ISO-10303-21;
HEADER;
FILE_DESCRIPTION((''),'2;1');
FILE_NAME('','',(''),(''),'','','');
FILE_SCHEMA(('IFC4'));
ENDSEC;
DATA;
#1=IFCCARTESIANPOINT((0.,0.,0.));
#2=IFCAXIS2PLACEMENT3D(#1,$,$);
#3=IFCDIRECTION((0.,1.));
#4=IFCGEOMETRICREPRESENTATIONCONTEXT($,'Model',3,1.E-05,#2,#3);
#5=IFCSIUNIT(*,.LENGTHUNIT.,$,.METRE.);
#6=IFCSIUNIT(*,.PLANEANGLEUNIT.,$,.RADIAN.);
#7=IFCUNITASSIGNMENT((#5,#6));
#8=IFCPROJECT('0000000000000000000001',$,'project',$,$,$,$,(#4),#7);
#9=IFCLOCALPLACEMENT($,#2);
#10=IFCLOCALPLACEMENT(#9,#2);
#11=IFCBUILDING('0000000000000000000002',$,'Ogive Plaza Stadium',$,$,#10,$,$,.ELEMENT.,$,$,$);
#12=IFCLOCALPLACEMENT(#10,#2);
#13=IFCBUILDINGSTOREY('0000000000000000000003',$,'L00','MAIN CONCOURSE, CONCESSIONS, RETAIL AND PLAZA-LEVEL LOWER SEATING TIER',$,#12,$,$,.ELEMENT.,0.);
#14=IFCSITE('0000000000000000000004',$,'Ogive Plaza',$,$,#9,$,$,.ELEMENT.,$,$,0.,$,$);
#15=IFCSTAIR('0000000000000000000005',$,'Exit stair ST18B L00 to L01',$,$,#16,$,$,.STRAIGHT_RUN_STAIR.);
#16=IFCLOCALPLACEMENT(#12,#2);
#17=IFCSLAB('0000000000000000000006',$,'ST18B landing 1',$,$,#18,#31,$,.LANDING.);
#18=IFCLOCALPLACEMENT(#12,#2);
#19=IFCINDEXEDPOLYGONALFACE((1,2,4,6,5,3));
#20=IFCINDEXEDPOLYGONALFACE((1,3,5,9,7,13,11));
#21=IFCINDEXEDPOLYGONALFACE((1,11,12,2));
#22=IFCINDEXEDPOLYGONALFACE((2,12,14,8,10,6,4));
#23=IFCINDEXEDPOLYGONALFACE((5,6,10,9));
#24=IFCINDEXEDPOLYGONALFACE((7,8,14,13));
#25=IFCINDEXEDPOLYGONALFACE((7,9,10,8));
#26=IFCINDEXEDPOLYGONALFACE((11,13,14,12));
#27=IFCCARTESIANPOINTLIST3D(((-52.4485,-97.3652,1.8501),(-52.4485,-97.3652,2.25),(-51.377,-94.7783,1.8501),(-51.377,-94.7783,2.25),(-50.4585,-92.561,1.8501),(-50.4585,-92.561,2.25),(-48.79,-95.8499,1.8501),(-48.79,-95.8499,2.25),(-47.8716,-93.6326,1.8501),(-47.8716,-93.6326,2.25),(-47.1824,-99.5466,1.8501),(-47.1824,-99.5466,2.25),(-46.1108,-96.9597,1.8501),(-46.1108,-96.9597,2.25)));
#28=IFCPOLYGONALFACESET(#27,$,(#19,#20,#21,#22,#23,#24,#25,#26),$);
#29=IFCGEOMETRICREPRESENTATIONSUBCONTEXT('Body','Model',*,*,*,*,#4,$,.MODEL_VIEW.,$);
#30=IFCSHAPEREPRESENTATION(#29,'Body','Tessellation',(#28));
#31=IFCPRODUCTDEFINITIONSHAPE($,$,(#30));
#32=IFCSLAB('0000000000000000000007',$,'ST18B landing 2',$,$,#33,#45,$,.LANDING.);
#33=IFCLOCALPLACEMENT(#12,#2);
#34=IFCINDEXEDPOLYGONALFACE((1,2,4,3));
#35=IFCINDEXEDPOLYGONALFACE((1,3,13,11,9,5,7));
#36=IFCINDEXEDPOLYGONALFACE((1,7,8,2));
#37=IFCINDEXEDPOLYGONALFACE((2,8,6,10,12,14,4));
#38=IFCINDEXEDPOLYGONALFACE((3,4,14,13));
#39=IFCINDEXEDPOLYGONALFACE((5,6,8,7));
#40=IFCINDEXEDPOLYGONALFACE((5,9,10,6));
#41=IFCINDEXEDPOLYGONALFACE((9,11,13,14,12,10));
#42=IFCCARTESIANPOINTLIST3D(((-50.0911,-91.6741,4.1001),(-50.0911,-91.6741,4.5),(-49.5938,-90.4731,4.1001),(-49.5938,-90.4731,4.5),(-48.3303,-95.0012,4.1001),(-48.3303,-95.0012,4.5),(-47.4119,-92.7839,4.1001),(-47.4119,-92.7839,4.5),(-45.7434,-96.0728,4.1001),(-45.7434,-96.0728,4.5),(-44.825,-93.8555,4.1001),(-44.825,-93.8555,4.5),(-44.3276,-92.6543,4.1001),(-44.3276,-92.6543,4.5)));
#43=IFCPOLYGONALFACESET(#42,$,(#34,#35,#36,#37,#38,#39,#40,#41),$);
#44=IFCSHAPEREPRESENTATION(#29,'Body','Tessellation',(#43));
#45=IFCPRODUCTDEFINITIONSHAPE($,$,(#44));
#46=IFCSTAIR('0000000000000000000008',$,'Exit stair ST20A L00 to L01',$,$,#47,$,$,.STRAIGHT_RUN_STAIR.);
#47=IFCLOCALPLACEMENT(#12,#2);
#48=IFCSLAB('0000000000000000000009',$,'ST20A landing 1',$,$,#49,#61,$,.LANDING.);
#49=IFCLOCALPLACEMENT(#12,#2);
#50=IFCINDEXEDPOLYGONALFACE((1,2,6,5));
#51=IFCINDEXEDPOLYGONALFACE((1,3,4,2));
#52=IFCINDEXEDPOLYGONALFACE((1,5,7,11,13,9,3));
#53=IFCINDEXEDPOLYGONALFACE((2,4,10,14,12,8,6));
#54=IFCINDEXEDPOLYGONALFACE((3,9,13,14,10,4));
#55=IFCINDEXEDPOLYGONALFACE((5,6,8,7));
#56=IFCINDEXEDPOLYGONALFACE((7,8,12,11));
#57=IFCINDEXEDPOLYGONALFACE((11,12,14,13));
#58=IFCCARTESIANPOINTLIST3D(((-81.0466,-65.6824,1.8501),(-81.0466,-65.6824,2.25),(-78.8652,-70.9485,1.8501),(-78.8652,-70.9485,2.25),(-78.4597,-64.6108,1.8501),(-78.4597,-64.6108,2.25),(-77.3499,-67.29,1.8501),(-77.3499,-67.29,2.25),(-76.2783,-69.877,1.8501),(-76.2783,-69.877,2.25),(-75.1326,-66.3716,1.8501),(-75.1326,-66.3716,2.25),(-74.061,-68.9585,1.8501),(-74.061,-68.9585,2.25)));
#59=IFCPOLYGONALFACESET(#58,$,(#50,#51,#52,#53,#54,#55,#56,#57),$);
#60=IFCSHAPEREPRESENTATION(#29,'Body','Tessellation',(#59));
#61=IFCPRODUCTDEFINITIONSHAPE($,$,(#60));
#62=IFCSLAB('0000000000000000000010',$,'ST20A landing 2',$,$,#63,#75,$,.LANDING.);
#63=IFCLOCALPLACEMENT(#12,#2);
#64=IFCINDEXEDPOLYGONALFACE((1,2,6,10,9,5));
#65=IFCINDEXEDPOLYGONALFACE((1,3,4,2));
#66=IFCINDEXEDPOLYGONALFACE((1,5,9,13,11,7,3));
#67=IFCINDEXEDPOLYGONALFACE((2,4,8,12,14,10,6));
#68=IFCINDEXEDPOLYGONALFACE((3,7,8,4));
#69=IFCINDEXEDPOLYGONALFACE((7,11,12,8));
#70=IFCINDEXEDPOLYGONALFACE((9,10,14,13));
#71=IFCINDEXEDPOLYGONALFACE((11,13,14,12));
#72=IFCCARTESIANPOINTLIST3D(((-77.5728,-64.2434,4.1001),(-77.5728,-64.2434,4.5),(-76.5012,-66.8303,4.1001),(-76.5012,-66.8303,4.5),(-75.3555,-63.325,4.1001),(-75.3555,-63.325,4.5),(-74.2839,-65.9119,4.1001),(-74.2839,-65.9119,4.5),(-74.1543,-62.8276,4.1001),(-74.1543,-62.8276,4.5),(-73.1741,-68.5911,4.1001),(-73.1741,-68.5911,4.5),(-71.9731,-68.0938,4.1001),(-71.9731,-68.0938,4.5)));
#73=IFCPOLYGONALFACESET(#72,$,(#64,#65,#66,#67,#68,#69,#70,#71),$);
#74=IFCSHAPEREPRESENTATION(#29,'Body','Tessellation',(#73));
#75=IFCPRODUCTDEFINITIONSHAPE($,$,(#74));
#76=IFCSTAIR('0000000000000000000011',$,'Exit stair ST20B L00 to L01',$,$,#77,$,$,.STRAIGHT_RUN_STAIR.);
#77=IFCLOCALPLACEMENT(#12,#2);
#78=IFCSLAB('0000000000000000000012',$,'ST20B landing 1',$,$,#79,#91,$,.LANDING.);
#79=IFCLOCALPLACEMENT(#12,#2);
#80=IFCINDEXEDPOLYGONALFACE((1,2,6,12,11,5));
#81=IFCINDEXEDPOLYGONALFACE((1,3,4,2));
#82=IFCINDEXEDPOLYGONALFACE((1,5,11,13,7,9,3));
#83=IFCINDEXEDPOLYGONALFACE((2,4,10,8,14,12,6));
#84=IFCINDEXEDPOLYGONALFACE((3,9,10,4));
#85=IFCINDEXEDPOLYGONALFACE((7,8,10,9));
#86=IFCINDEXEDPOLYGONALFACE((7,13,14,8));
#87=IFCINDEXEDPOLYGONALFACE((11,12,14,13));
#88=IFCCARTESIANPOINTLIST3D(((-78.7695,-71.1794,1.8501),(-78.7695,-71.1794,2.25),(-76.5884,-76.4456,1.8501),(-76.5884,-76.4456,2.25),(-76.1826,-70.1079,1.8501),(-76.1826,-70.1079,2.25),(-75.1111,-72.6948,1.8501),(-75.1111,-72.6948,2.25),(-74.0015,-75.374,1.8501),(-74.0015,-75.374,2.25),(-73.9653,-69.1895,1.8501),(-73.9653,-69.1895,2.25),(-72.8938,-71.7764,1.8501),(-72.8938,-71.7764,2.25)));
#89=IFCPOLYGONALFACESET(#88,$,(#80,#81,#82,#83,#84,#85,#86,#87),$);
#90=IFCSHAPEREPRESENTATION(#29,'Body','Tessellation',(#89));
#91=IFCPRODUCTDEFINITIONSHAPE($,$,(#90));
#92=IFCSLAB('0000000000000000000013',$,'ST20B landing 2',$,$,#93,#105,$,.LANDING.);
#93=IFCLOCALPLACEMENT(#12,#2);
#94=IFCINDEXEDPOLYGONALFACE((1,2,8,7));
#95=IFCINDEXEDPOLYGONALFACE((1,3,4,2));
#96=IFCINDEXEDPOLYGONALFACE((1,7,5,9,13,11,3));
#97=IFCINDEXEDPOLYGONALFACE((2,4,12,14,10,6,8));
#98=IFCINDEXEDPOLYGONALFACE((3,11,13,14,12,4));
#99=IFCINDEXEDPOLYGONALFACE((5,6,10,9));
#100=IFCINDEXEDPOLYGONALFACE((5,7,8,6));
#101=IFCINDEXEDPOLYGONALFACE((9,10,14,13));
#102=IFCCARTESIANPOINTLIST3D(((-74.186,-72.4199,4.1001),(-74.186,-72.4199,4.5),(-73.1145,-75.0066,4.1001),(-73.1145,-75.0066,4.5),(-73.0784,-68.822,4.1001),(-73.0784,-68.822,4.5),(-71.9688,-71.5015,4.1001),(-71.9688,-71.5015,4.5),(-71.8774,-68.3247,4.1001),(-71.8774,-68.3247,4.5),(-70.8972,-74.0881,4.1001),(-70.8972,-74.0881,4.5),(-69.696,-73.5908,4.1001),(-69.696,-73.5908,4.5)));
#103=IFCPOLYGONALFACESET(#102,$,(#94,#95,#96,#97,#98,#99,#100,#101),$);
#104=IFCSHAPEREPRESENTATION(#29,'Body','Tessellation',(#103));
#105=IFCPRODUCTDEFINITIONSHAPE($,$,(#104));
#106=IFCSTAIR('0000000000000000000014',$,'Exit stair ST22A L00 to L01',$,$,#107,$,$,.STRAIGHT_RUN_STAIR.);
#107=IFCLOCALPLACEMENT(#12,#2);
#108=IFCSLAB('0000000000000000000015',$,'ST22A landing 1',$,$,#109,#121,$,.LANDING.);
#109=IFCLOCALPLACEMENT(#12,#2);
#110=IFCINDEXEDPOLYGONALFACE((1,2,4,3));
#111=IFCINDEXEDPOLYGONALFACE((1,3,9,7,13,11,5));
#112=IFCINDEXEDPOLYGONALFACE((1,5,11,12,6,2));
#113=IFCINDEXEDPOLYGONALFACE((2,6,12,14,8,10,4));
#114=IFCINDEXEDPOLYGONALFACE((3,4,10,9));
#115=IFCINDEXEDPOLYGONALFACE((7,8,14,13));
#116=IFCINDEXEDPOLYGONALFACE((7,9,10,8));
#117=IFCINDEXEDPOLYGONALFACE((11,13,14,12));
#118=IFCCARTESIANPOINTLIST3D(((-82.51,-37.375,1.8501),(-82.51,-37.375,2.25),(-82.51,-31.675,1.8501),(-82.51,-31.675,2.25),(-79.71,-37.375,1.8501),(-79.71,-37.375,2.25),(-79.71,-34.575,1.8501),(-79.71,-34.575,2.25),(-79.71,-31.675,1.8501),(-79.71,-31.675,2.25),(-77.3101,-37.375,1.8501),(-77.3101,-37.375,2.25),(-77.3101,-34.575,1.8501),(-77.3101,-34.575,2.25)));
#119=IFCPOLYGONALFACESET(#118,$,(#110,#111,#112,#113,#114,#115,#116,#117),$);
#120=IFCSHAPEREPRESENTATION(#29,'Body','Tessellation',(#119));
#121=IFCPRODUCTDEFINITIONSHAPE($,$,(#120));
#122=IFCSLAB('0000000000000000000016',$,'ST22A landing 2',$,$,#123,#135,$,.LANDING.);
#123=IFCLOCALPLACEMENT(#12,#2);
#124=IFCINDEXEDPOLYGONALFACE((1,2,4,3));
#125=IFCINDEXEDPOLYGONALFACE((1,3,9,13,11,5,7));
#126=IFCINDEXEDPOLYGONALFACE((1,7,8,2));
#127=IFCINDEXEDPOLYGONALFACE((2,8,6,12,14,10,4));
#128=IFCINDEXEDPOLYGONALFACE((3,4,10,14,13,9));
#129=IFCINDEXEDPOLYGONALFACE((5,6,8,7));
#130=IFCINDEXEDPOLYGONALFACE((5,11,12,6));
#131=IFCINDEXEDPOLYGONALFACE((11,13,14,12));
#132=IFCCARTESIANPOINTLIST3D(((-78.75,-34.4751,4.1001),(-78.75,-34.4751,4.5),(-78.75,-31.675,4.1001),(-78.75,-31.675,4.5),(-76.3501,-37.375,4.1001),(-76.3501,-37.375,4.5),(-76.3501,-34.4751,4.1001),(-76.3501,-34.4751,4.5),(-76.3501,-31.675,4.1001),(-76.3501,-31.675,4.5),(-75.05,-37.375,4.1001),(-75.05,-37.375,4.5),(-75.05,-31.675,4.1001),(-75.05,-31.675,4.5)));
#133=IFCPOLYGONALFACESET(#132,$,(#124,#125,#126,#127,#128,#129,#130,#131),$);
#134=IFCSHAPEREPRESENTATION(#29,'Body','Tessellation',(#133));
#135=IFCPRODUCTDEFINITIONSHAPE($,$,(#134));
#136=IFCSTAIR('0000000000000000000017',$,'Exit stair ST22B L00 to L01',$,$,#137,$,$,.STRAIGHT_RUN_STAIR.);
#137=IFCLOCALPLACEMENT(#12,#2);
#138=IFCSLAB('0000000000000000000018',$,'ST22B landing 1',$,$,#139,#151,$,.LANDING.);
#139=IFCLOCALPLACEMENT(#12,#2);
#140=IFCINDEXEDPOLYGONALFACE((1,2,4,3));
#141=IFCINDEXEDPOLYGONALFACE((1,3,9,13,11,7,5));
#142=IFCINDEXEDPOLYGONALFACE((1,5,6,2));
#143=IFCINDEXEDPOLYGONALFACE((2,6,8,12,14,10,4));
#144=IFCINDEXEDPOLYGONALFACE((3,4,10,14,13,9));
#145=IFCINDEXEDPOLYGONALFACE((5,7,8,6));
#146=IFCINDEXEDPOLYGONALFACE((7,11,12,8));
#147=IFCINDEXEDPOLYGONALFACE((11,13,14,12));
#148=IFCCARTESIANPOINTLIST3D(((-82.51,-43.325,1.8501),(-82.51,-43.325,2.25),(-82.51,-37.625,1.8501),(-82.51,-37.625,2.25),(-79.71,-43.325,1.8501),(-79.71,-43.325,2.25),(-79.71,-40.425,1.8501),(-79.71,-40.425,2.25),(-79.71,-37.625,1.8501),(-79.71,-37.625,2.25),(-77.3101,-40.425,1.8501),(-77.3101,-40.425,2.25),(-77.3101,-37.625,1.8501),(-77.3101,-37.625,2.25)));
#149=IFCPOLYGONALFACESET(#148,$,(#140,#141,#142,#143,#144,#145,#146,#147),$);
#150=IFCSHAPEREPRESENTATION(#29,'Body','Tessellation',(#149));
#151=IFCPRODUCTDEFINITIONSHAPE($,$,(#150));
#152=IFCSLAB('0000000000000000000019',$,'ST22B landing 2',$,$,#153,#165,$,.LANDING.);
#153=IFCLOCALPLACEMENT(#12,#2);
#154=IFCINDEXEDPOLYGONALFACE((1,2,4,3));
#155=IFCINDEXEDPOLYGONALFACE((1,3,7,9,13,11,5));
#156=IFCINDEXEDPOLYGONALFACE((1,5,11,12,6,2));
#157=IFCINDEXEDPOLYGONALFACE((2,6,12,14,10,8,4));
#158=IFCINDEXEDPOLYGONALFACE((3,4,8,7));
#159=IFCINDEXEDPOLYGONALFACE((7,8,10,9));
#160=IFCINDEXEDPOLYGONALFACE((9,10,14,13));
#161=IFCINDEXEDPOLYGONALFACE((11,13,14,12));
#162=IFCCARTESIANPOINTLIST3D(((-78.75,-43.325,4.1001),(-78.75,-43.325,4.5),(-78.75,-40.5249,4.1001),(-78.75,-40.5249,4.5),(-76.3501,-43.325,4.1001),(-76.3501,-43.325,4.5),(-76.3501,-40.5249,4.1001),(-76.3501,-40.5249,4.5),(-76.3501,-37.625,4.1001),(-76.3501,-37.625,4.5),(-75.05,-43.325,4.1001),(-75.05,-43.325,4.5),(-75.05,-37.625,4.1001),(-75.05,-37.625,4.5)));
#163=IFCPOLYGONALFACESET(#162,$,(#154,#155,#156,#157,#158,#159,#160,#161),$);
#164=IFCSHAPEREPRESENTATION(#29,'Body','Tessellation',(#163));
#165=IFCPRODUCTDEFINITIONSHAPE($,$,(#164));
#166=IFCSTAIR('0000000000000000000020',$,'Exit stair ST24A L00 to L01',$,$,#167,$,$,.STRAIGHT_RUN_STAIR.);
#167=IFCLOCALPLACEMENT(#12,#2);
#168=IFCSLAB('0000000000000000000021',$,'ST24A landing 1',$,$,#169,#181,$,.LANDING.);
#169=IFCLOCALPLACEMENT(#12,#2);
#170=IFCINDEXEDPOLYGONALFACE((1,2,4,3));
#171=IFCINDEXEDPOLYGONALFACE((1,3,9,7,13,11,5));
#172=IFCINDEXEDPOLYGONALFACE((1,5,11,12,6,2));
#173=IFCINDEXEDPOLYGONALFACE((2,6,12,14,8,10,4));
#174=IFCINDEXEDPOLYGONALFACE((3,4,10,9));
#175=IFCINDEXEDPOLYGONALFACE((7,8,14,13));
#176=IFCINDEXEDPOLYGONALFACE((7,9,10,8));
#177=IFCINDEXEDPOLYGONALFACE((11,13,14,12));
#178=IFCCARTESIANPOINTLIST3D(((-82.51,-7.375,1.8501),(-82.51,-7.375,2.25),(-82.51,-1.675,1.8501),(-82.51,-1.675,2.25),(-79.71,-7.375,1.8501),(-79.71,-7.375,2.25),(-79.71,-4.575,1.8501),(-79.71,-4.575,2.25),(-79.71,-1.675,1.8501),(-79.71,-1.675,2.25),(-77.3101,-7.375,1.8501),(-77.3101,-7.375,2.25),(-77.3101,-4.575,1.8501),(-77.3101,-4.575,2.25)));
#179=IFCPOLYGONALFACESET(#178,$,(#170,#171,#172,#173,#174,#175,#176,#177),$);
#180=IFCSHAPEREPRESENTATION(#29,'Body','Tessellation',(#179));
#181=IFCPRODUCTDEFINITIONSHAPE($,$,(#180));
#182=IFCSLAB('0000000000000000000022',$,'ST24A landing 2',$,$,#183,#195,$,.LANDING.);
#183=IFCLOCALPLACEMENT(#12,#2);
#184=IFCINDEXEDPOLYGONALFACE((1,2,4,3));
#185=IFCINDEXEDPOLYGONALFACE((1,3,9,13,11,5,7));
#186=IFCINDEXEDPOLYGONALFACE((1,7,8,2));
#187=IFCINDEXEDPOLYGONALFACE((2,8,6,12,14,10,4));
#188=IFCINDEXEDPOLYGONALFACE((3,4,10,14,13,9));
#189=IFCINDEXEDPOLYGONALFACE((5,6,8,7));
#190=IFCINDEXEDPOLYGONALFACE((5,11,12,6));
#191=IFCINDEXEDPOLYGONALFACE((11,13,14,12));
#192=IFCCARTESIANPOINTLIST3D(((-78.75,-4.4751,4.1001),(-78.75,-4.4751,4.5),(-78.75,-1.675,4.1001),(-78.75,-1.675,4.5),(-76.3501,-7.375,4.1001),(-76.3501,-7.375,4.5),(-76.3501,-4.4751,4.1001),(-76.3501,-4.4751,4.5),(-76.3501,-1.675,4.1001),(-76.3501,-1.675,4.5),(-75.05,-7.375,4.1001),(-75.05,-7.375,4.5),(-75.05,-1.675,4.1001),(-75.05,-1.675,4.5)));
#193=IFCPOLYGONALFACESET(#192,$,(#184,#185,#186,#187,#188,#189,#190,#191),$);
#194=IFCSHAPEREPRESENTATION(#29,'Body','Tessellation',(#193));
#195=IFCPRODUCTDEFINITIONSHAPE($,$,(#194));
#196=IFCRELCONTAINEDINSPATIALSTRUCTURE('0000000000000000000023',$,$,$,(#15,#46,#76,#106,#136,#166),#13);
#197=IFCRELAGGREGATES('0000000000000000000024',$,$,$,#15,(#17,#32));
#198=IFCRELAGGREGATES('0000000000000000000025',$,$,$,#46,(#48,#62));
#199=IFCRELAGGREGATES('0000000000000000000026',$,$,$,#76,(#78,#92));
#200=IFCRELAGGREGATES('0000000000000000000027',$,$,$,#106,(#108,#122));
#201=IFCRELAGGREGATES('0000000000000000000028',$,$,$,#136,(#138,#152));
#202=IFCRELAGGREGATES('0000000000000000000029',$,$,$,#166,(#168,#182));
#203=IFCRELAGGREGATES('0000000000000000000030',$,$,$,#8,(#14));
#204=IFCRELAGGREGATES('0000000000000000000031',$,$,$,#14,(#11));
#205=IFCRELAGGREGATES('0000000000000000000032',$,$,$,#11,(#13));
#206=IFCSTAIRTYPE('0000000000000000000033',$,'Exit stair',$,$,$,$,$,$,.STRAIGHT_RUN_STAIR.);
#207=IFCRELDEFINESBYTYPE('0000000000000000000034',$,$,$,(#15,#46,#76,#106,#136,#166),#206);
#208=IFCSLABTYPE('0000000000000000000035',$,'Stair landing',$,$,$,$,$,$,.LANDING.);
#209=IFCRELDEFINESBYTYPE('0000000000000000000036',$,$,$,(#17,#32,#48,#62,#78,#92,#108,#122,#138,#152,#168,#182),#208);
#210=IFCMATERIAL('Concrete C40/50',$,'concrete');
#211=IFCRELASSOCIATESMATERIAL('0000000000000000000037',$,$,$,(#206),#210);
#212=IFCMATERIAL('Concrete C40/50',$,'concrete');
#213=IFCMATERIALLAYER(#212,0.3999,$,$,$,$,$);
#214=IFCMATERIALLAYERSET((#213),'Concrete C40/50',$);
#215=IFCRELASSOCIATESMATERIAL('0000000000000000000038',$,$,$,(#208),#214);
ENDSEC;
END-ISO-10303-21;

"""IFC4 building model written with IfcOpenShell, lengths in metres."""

from ifc_helpers import new_model, si_unit, direction, frame, origin, place, context, subcontext, project, spatial, polyline, outline, extrude, material, layer, layer_set, type_object, element, aggregate, save


model = new_model("IFC4")

# Units and contexts
model_context = context("Model", 3, precision=1e-05, world=origin(), true_north=direction((0.0, 1.0)))
body_context = subcontext(model_context, "Body", "Model", "MODEL_VIEW")
ifc_project = project(units=[si_unit("LENGTHUNIT", "METRE"), si_unit("PLANEANGLEUNIT", "RADIAN")], contexts=[model_context])

# Site, building, storey
site_placement = place(None, origin())
site = spatial("IfcSite", under=ifc_project, at=site_placement, Name="Ogive Plaza", CompositionType="ELEMENT", RefElevation=0.0)
building_placement = place(site_placement, origin())
building = spatial("IfcBuilding", under=site, at=building_placement, Name="Ogive Plaza Stadium", CompositionType="ELEMENT")
storey_placement = place(building_placement, origin())
storey = spatial("IfcBuildingStorey", under=building, at=storey_placement, Name="L00", Description="MAIN CONCOURSE, CONCESSIONS, RETAIL AND PLAZA-LEVEL LOWER SEATING TIER", CompositionType="ELEMENT", Elevation=0.0)

# Stairs, slabs
ifc_material_1 = material(Name="Concrete C40/50", Category="concrete")
stair_type = type_object("IfcStairType", Name="Exit stair", PredefinedType="STRAIGHT_RUN_STAIR", material=ifc_material_1)
stair_1_placement = place(storey_placement, origin())
stair_1 = element("IfcStair", 1, at=stair_1_placement, inside=storey, type_object=stair_type, Name="Exit stair ST18B L00 to L01", PredefinedType="STRAIGHT_RUN_STAIR")
ifc_material_2 = material(Name="Concrete C40/50", Category="concrete")
ifc_layer = layer(ifc_material_2, 0.3999)
ifc_layer_set = layer_set([ifc_layer], Name="Concrete C40/50")
slab_type = type_object("IfcSlabType", Name="Stair landing", PredefinedType="LANDING", material=ifc_layer_set)
slab_1_placement = place(storey_placement, frame((0.0, 0.0, 1.8501)))
slab_1 = element("IfcSlab", 2, at=slab_1_placement, type_object=slab_type, Name="ST18B landing 1", PredefinedType="LANDING", context=body_context, shape_type="SweptSolid", body=[
    extrude(outline(polyline([(-50.4585, -92.561), (-47.8716, -93.6326), (-48.79, -95.8499), (-46.1108, -96.9597), (-47.1824, -99.5466), (-52.4485, -97.3652), (-51.377, -94.7783), (-50.4585, -92.561)])), origin(), (0.0, 0.0, 1.0), 0.3999),
])
slab_2_placement = place(storey_placement, frame((0.0, 0.0, 4.1001)))
slab_2 = element("IfcSlab", 3, at=slab_2_placement, type_object=slab_type, Name="ST18B landing 2", PredefinedType="LANDING", context=body_context, shape_type="SweptSolid", body=[
    extrude(outline(polyline([(-50.0911, -91.6741), (-49.5938, -90.4731), (-44.3276, -92.6543), (-44.825, -93.8555), (-45.7434, -96.0728), (-48.3303, -95.0012), (-47.4119, -92.7839), (-50.0911, -91.6741)])), origin(), (0.0, 0.0, 1.0), 0.3999),
])
aggregate(stair_1, [slab_1, slab_2])
stair_2_placement = place(storey_placement, origin())
stair_2 = element("IfcStair", 4, at=stair_2_placement, inside=storey, type_object=stair_type, Name="Exit stair ST20A L00 to L01", PredefinedType="STRAIGHT_RUN_STAIR")
slab_3_placement = place(storey_placement, frame((0.0, 0.0, 1.8501)))
slab_3 = element("IfcSlab", 5, at=slab_3_placement, type_object=slab_type, Name="ST20A landing 1", PredefinedType="LANDING", context=body_context, shape_type="SweptSolid", body=[
    extrude(outline(polyline([(-78.8652, -70.9485), (-81.0466, -65.6824), (-78.4597, -64.6108), (-77.3499, -67.29), (-75.1326, -66.3716), (-74.061, -68.9585), (-76.2783, -69.877), (-78.8652, -70.9485)])), origin(), (0.0, 0.0, 1.0), 0.3999),
])
slab_4_placement = place(storey_placement, frame((0.0, 0.0, 4.1001)))
slab_4 = element("IfcSlab", 6, at=slab_4_placement, type_object=slab_type, Name="ST20A landing 2", PredefinedType="LANDING", context=body_context, shape_type="SweptSolid", body=[
    extrude(outline(polyline([(-76.5012, -66.8303), (-77.5728, -64.2434), (-75.3555, -63.325), (-74.1543, -62.8276), (-71.9731, -68.0938), (-73.1741, -68.5911), (-74.2839, -65.9119), (-76.5012, -66.8303)])), origin(), (0.0, 0.0, 1.0), 0.3999),
])
aggregate(stair_2, [slab_3, slab_4])
stair_3_placement = place(storey_placement, origin())
stair_3 = element("IfcStair", 7, at=stair_3_placement, inside=storey, type_object=stair_type, Name="Exit stair ST20B L00 to L01", PredefinedType="STRAIGHT_RUN_STAIR")
slab_5_placement = place(storey_placement, frame((0.0, 0.0, 1.8501)))
slab_5 = element("IfcSlab", 8, at=slab_5_placement, type_object=slab_type, Name="ST20B landing 1", PredefinedType="LANDING", context=body_context, shape_type="SweptSolid", body=[
    extrude(outline(polyline([(-73.9653, -69.1895), (-72.8938, -71.7764), (-75.1111, -72.6948), (-74.0015, -75.374), (-76.5884, -76.4456), (-78.7695, -71.1794), (-76.1826, -70.1079), (-73.9653, -69.1895)])), origin(), (0.0, 0.0, 1.0), 0.3999),
])
slab_6_placement = place(storey_placement, frame((0.0, 0.0, 4.1001)))
slab_6 = element("IfcSlab", 9, at=slab_6_placement, type_object=slab_type, Name="ST20B landing 2", PredefinedType="LANDING", context=body_context, shape_type="SweptSolid", body=[
    extrude(outline(polyline([(-73.0784, -68.822), (-71.8774, -68.3247), (-69.696, -73.5908), (-70.8972, -74.0881), (-73.1145, -75.0066), (-74.186, -72.4199), (-71.9688, -71.5015), (-73.0784, -68.822)])), origin(), (0.0, 0.0, 1.0), 0.3999),
])
aggregate(stair_3, [slab_5, slab_6])
stair_4_placement = place(storey_placement, origin())
stair_4 = element("IfcStair", 10, at=stair_4_placement, inside=storey, type_object=stair_type, Name="Exit stair ST22A L00 to L01", PredefinedType="STRAIGHT_RUN_STAIR")
slab_7_placement = place(storey_placement, frame((0.0, 0.0, 1.8501)))
slab_7 = element("IfcSlab", 11, at=slab_7_placement, type_object=slab_type, Name="ST22A landing 1", PredefinedType="LANDING", context=body_context, shape_type="SweptSolid", body=[
    extrude(outline(polyline([(-82.51, -37.375), (-82.51, -31.675), (-79.71, -31.675), (-79.71, -34.575), (-77.3101, -34.575), (-77.3101, -37.375), (-79.71, -37.375), (-82.51, -37.375)])), origin(), (0.0, 0.0, 1.0), 0.3999),
])
slab_8_placement = place(storey_placement, frame((0.0, 0.0, 4.1001)))
slab_8 = element("IfcSlab", 12, at=slab_8_placement, type_object=slab_type, Name="ST22A landing 2", PredefinedType="LANDING", context=body_context, shape_type="SweptSolid", body=[
    extrude(outline(polyline([(-78.75, -34.4751), (-78.75, -31.675), (-76.3501, -31.675), (-75.05, -31.675), (-75.05, -37.375), (-76.3501, -37.375), (-76.3501, -34.4751), (-78.75, -34.4751)])), origin(), (0.0, 0.0, 1.0), 0.3999),
])
aggregate(stair_4, [slab_7, slab_8])
stair_5_placement = place(storey_placement, origin())
stair_5 = element("IfcStair", 13, at=stair_5_placement, inside=storey, type_object=stair_type, Name="Exit stair ST22B L00 to L01", PredefinedType="STRAIGHT_RUN_STAIR")
slab_9_placement = place(storey_placement, frame((0.0, 0.0, 1.8501)))
slab_9 = element("IfcSlab", 14, at=slab_9_placement, type_object=slab_type, Name="ST22B landing 1", PredefinedType="LANDING", context=body_context, shape_type="SweptSolid", body=[
    extrude(outline(polyline([(-77.3101, -37.625), (-77.3101, -40.425), (-79.71, -40.425), (-79.71, -43.325), (-82.51, -43.325), (-82.51, -37.625), (-79.71, -37.625), (-77.3101, -37.625)])), origin(), (0.0, 0.0, 1.0), 0.3999),
])
slab_10_placement = place(storey_placement, frame((0.0, 0.0, 4.1001)))
slab_10 = element("IfcSlab", 15, at=slab_10_placement, type_object=slab_type, Name="ST22B landing 2", PredefinedType="LANDING", context=body_context, shape_type="SweptSolid", body=[
    extrude(outline(polyline([(-76.3501, -37.625), (-75.05, -37.625), (-75.05, -43.325), (-76.3501, -43.325), (-78.75, -43.325), (-78.75, -40.5249), (-76.3501, -40.5249), (-76.3501, -37.625)])), origin(), (0.0, 0.0, 1.0), 0.3999),
])
aggregate(stair_5, [slab_9, slab_10])
stair_6_placement = place(storey_placement, origin())
stair_6 = element("IfcStair", 16, at=stair_6_placement, inside=storey, type_object=stair_type, Name="Exit stair ST24A L00 to L01", PredefinedType="STRAIGHT_RUN_STAIR")
slab_11_placement = place(storey_placement, frame((0.0, 0.0, 1.8501)))
slab_11 = element("IfcSlab", 17, at=slab_11_placement, type_object=slab_type, Name="ST24A landing 1", PredefinedType="LANDING", context=body_context, shape_type="SweptSolid", body=[
    extrude(outline(polyline([(-82.51, -7.375), (-82.51, -1.675), (-79.71, -1.675), (-79.71, -4.575), (-77.3101, -4.575), (-77.3101, -7.375), (-79.71, -7.375), (-82.51, -7.375)])), origin(), (0.0, 0.0, 1.0), 0.3999),
])
slab_12_placement = place(storey_placement, frame((0.0, 0.0, 4.1001)))
slab_12 = element("IfcSlab", 18, at=slab_12_placement, type_object=slab_type, Name="ST24A landing 2", PredefinedType="LANDING", context=body_context, shape_type="SweptSolid", body=[
    extrude(outline(polyline([(-78.75, -4.4751), (-78.75, -1.675), (-76.3501, -1.675), (-75.05, -1.675), (-75.05, -7.375), (-76.3501, -7.375), (-76.3501, -4.4751), (-78.75, -4.4751)])), origin(), (0.0, 0.0, 1.0), 0.3999),
])
aggregate(stair_6, [slab_11, slab_12])

save(model, "model.ifc")
